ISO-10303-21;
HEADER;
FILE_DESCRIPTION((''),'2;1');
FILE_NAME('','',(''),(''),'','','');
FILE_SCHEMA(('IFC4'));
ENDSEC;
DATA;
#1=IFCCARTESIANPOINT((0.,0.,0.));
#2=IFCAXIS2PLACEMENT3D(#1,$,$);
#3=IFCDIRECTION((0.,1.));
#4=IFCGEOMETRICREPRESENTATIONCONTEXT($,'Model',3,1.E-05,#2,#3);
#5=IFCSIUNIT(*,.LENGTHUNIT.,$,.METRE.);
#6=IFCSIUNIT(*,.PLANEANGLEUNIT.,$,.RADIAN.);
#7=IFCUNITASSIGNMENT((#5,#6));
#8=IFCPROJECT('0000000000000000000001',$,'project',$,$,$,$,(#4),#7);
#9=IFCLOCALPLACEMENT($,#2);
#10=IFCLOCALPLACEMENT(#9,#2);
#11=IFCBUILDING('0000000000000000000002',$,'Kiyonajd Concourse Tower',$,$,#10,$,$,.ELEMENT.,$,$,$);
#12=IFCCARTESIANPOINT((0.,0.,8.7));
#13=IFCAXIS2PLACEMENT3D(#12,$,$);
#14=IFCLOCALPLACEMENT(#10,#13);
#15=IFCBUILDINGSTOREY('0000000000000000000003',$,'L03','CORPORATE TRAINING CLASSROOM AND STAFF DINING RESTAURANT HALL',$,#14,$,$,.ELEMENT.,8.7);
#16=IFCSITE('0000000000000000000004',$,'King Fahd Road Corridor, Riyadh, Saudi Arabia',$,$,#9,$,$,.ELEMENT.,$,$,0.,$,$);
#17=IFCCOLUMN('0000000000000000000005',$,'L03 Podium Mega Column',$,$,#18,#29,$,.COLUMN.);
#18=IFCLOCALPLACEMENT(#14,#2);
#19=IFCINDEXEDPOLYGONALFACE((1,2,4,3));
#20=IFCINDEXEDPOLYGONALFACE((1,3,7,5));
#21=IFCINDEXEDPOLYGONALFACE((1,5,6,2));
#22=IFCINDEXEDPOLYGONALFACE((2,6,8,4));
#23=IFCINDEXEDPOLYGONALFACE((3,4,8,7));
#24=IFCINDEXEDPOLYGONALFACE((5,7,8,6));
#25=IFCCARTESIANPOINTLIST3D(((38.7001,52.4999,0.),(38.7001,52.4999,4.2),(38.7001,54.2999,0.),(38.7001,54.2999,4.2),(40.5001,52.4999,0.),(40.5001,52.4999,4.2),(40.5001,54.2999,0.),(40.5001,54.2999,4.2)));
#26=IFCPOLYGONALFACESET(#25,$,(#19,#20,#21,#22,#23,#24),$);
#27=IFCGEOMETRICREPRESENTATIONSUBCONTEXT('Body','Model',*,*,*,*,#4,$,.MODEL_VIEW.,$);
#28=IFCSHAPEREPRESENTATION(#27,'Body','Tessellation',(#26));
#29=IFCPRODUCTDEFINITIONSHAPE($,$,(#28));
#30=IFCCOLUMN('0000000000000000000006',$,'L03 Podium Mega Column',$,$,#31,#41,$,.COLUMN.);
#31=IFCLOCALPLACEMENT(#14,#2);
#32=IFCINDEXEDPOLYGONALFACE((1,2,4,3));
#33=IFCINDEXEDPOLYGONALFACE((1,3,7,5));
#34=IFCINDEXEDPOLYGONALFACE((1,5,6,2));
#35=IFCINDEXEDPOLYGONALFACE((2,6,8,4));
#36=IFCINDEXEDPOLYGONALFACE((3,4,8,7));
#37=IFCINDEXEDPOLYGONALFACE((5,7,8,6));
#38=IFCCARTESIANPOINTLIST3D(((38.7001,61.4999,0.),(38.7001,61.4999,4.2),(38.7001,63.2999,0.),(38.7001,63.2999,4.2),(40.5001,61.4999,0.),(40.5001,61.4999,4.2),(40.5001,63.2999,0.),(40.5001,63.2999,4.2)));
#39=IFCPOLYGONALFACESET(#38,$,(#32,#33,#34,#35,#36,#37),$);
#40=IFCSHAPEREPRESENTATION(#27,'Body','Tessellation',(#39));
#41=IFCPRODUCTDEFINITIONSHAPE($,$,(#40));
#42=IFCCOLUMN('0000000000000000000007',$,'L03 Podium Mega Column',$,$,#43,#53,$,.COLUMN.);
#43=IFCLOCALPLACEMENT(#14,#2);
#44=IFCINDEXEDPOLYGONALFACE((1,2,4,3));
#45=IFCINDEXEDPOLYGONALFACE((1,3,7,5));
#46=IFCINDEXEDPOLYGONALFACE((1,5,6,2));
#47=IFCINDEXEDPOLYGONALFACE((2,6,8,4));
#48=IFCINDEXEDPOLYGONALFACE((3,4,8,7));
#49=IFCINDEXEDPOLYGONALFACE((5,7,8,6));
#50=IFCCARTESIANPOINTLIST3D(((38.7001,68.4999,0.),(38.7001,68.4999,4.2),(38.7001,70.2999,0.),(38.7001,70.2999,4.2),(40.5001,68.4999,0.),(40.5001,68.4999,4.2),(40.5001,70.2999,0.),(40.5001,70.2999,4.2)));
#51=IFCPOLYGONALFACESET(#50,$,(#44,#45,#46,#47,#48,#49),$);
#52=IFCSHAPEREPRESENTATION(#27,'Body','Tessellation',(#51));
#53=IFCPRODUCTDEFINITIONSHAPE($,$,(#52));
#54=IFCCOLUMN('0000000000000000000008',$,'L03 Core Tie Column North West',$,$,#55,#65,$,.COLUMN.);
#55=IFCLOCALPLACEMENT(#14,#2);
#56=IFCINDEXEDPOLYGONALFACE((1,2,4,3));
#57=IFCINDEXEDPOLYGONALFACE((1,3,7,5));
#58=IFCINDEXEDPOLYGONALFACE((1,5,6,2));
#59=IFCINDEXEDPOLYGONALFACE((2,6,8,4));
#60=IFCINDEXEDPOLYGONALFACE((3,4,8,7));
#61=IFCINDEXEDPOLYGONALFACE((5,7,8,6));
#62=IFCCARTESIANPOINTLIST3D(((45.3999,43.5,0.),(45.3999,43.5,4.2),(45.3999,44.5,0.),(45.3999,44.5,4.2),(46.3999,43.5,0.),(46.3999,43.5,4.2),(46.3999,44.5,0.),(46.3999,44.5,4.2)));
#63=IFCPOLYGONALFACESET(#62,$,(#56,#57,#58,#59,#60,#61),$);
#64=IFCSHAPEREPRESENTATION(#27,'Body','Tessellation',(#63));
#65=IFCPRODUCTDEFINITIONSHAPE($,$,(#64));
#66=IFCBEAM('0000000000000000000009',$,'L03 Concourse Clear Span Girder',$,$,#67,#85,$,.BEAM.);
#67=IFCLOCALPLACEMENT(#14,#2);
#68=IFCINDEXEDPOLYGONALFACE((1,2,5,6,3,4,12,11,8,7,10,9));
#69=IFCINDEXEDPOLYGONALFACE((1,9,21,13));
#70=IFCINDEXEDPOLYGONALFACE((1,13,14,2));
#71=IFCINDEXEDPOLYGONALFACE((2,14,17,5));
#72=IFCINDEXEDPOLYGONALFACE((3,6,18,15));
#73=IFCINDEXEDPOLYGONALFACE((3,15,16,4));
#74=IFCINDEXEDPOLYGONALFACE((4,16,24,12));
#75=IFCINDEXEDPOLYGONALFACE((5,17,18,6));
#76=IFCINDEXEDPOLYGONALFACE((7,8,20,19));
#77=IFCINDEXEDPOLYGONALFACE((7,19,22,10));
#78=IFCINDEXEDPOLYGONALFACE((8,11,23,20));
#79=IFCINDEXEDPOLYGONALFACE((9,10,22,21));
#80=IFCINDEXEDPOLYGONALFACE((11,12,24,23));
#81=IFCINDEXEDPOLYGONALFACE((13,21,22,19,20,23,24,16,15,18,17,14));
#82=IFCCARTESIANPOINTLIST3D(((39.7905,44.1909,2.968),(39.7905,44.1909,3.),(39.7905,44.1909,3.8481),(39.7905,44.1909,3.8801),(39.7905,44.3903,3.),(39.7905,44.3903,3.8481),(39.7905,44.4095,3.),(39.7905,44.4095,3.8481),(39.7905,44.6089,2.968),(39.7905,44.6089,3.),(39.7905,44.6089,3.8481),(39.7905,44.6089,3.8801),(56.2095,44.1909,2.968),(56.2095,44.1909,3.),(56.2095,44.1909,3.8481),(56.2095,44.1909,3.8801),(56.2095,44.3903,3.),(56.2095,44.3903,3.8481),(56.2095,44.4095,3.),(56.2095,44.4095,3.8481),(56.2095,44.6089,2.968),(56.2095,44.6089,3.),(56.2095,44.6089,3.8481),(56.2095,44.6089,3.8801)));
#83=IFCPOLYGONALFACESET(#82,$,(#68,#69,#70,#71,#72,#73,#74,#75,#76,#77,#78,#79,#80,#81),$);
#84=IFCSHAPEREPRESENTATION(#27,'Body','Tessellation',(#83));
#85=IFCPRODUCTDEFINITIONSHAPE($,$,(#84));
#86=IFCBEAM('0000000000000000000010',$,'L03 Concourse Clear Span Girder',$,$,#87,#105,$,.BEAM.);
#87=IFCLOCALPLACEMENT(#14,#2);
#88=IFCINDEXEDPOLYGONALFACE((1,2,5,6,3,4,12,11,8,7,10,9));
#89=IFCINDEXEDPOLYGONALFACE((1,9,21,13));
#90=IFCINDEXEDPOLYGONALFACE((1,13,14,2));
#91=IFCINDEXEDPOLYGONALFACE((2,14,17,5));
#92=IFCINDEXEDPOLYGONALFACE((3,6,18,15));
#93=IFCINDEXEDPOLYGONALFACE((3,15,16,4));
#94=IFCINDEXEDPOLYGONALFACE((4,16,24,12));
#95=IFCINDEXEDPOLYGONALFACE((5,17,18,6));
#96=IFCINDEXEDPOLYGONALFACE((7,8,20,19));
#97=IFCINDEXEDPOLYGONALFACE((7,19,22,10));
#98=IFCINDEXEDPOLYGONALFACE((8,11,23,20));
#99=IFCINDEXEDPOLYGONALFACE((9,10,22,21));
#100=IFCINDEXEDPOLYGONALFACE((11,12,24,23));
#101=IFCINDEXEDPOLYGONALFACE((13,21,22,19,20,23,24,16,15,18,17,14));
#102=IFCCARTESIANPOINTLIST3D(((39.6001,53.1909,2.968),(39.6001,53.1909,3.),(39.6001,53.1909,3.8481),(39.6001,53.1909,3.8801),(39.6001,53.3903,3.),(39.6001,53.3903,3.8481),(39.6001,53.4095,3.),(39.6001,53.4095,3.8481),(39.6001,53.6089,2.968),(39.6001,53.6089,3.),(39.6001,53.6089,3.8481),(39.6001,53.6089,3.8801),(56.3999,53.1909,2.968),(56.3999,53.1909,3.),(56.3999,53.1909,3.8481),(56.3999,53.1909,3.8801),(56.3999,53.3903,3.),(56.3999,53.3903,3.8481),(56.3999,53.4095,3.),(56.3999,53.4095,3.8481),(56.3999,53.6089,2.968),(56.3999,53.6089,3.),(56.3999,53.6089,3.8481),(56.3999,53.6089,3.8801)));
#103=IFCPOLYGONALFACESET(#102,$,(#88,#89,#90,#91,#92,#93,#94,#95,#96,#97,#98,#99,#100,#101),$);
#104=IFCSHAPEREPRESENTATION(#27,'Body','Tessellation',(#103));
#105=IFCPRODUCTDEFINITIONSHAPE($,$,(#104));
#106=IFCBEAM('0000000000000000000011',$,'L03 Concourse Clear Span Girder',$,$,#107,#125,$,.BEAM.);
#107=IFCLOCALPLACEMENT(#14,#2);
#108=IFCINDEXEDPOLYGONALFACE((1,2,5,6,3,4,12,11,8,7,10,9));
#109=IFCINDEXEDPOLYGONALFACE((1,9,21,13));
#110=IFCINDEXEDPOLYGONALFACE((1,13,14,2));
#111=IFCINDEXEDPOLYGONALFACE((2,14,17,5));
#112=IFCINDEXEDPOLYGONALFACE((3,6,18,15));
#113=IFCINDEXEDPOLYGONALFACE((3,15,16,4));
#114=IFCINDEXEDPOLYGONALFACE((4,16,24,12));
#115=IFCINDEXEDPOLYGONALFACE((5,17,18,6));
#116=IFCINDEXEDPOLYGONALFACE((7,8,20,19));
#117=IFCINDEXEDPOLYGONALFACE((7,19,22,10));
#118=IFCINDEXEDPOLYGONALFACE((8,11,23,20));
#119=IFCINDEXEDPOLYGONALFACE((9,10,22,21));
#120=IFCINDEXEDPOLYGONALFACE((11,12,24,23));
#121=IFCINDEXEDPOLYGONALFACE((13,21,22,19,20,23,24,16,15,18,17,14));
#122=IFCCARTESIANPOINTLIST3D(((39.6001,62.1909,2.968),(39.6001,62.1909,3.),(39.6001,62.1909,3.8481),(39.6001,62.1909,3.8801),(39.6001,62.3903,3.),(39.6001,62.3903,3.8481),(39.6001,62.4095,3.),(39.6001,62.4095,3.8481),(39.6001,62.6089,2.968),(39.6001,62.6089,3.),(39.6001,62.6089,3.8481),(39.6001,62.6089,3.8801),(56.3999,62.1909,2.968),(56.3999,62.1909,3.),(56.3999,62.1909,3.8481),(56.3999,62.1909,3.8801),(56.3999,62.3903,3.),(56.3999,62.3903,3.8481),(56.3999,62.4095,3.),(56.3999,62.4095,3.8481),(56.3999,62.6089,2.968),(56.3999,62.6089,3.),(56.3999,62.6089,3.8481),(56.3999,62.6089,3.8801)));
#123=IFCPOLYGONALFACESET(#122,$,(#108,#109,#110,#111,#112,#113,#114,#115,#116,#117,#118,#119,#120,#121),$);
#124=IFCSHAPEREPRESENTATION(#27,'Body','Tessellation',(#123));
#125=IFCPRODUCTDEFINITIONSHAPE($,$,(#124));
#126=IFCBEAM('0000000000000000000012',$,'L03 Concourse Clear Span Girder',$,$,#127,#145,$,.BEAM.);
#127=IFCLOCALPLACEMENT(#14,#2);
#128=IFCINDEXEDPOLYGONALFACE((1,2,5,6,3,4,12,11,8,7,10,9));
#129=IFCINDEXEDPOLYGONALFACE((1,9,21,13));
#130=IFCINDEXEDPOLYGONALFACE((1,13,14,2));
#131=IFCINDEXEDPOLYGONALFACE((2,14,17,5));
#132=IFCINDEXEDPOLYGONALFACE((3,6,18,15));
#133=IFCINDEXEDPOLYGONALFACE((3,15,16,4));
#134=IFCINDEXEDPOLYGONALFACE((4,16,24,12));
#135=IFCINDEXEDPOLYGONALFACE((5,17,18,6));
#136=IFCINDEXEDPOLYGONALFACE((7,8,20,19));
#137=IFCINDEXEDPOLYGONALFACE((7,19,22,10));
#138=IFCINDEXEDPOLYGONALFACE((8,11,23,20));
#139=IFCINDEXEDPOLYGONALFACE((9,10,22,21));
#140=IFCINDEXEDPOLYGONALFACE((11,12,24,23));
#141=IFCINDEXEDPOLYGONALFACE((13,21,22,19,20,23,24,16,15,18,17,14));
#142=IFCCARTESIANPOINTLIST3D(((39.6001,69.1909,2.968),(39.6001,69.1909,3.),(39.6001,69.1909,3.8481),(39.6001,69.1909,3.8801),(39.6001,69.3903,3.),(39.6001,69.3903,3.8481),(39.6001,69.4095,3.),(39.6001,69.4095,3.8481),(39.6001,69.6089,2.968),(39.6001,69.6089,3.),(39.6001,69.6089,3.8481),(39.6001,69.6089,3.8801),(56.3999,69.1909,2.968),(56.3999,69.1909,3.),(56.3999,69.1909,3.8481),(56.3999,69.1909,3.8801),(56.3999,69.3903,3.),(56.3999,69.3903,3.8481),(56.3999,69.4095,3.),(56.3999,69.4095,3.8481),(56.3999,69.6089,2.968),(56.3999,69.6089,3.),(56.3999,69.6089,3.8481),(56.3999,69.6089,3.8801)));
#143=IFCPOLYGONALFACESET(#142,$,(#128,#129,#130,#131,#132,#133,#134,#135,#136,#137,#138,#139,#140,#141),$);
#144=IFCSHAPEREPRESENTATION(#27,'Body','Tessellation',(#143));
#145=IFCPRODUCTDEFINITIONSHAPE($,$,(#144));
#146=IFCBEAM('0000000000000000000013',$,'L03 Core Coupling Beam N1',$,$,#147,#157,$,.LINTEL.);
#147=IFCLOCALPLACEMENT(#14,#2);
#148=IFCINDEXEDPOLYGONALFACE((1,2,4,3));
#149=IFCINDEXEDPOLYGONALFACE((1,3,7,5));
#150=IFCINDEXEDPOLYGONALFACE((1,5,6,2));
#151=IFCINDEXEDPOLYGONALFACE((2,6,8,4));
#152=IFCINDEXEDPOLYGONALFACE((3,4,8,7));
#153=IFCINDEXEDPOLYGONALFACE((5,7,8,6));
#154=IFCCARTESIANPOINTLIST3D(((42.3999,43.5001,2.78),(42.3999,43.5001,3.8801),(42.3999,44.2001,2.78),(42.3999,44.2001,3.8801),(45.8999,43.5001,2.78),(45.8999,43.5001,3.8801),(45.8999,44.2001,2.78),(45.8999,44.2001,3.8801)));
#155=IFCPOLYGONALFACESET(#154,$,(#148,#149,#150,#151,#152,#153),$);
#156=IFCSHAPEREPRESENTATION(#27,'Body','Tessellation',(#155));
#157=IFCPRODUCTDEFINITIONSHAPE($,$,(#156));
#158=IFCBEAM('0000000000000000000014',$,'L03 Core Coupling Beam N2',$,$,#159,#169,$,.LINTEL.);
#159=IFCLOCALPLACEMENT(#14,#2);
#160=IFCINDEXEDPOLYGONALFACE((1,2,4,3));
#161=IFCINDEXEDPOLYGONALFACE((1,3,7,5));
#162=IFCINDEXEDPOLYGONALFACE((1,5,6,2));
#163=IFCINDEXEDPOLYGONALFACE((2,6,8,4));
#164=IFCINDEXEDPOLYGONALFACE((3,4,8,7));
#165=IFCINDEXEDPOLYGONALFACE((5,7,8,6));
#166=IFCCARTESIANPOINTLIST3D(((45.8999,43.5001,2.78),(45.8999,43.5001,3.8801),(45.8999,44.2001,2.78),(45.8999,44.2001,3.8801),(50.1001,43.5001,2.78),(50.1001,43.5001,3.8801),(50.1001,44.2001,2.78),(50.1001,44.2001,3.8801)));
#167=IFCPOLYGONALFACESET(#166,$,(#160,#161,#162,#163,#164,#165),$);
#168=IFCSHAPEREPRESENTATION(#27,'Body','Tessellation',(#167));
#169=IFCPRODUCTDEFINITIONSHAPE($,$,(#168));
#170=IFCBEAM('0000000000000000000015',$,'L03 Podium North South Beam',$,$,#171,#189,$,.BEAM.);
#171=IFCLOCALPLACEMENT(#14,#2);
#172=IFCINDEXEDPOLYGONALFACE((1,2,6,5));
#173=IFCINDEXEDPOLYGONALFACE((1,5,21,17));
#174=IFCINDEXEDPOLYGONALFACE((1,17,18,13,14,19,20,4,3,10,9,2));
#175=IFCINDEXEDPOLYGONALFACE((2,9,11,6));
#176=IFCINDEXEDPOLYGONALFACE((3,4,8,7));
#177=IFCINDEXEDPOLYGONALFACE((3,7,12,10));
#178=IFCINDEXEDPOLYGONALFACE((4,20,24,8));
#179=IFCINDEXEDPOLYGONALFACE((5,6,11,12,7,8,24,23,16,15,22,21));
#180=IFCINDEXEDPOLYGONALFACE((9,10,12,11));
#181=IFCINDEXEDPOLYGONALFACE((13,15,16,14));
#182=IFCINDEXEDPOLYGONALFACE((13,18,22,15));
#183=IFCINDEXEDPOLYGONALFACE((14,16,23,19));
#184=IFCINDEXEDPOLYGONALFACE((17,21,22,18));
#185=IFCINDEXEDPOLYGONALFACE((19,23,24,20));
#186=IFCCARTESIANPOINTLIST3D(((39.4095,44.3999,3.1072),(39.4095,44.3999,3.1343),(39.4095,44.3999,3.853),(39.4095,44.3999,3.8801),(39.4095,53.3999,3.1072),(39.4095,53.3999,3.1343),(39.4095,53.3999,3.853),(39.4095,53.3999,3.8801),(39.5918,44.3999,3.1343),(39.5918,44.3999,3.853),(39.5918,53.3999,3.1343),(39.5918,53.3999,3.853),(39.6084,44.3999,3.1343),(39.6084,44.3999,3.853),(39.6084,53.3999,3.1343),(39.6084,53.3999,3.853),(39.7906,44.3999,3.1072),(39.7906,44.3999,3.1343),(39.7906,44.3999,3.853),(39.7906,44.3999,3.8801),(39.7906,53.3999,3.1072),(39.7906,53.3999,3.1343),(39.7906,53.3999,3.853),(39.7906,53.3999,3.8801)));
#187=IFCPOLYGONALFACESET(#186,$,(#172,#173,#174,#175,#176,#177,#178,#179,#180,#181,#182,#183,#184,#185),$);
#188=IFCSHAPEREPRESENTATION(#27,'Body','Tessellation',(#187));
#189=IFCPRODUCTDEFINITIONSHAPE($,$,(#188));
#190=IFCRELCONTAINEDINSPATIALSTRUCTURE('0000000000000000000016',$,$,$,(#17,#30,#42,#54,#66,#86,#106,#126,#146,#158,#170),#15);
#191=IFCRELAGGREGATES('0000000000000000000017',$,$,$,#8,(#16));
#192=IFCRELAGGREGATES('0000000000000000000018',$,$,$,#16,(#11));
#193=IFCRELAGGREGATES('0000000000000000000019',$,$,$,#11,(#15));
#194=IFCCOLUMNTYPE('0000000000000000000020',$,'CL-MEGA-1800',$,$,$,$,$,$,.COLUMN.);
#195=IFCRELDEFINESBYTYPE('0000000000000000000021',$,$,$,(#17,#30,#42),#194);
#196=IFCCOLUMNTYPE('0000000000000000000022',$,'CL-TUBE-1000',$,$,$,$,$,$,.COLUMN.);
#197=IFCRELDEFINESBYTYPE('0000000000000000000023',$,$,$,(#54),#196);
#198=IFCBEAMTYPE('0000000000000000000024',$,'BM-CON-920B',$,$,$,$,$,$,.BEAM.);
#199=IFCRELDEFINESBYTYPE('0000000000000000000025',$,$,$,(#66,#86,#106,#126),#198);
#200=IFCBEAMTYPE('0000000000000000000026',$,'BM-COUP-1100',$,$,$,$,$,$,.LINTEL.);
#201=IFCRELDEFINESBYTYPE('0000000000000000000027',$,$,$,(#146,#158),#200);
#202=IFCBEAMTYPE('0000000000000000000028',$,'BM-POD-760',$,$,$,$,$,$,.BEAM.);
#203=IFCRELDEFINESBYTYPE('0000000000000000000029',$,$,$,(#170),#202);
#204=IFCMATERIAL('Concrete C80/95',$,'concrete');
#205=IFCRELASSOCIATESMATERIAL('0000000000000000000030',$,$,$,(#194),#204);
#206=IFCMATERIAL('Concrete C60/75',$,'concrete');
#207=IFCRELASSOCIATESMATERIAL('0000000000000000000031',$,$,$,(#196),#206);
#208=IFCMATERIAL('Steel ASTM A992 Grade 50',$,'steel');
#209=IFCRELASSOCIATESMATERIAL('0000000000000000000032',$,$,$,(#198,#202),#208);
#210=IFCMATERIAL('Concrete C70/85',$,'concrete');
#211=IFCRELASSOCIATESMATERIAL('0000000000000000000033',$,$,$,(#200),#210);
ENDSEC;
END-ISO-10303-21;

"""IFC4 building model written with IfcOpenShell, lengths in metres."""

from ifc_helpers import new_model, si_unit, direction, frame, origin, origin_2d, place, context, subcontext, project, spatial, rectangle, i_section, extrude, material, material_profile, profile_set, type_object, element, save


model = new_model("IFC4")

# Units and contexts
model_context = context("Model", 3, precision=1e-05, world=origin(), true_north=direction((0.0, 1.0)))
body_context = subcontext(model_context, "Body", "Model", "MODEL_VIEW")
ifc_project = project(units=[si_unit("LENGTHUNIT", "METRE"), si_unit("PLANEANGLEUNIT", "RADIAN")], contexts=[model_context])

# Site, building, storey
site_placement = place(None, origin())
site = spatial("IfcSite", under=ifc_project, at=site_placement, Name="King Fahd Road Corridor, Riyadh, Saudi Arabia", CompositionType="ELEMENT", RefElevation=0.0)
building_placement = place(site_placement, origin())
building = spatial("IfcBuilding", under=site, at=building_placement, Name="Kiyonajd Concourse Tower", CompositionType="ELEMENT")
storey_placement = place(building_placement, frame((0.0, 0.0, 8.7)))
storey = spatial("IfcBuildingStorey", under=building, at=storey_placement, Name="L03", Description="CORPORATE TRAINING CLASSROOM AND STAFF DINING RESTAURANT HALL", CompositionType="ELEMENT", Elevation=8.7)

# Columns
ifc_material_1 = material(Name="Concrete C80/95", Category="concrete")
ifc_material_profile_1 = material_profile(ifc_material_1, rectangle(XDim=1.8, YDim=1.8, at=origin_2d()), Name="RC-1800x1800")
ifc_profile_set_1 = profile_set([ifc_material_profile_1], Name="Concrete C80/95")
column_type_1 = type_object("IfcColumnType", Name="CL-MEGA-1800", PredefinedType="COLUMN", material=ifc_profile_set_1)
for number, where, z_axis, x_axis, name in (
    (1, (39.6001, 53.3999, 0.0), (0.0, 0.0, 1.0), (1.0, 0.0, 0.0), "L03 Podium Mega Column"),
    (2, (39.6001, 62.3999, 0.0), (0.0, 0.0, 1.0), (1.0, 0.0, 0.0), "L03 Podium Mega Column"),
    (3, (39.6001, 69.3999, 0.0), (0.0, 0.0, 1.0), (1.0, 0.0, 0.0), "L03 Podium Mega Column"),
):
    element("IfcColumn", number, at=place(storey_placement, frame(where, z_axis=z_axis, x_axis=x_axis)), inside=storey, type_object=column_type_1, Name=name, PredefinedType="COLUMN", context=body_context, shape_type="SweptSolid", body=[
        extrude(rectangle(XDim=1.8, YDim=1.8, at=origin_2d()), origin(), (0.0, 0.0, 1.0), 4.2),
    ])
ifc_material_2 = material(Name="Concrete C60/75", Category="concrete")
ifc_material_profile_2 = material_profile(ifc_material_2, rectangle(XDim=1.0, YDim=1.0, at=origin_2d()), Name="RC-1000x1000")
ifc_profile_set_2 = profile_set([ifc_material_profile_2], Name="Concrete C60/75")
column_type_2 = type_object("IfcColumnType", Name="CL-TUBE-1000", PredefinedType="COLUMN", material=ifc_profile_set_2)
column_placement = place(storey_placement, frame((45.8999, 44.0, 0.0), z_axis=(0.0, 0.0, 1.0), x_axis=(1.0, 0.0, 0.0)))
element("IfcColumn", 4, at=column_placement, inside=storey, type_object=column_type_2, Name="L03 Core Tie Column North West", PredefinedType="COLUMN", context=body_context, shape_type="SweptSolid", body=[
    extrude(rectangle(XDim=1.0, YDim=1.0, at=origin_2d()), origin(), (0.0, 0.0, 1.0), 4.2),
])

# Beams
ifc_material_3 = material(Name="Steel ASTM A992 Grade 50", Category="steel")
ifc_material_profile_3 = material_profile(ifc_material_3, i_section(OverallWidth=0.418, OverallDepth=0.9121, WebThickness=0.0193, FlangeThickness=0.032, at=origin_2d()), Name="W920X342")
ifc_profile_set_3 = profile_set([ifc_material_profile_3], Name="Steel ASTM A992 Grade 50")
beam_type_1 = type_object("IfcBeamType", Name="BM-CON-920B", PredefinedType="BEAM", material=ifc_profile_set_3)
beam_1_placement = place(storey_placement, frame((39.7905, 44.3999, 3.4241), z_axis=(1.0, 0.0, 0.0), x_axis=(0.0, 1.0, 0.0)))
element("IfcBeam", 5, at=beam_1_placement, inside=storey, type_object=beam_type_1, Name="L03 Concourse Clear Span Girder", PredefinedType="BEAM", context=body_context, shape_type="SweptSolid", body=[
    extrude(i_section(OverallWidth=0.418, OverallDepth=0.9121, WebThickness=0.0193, FlangeThickness=0.032, at=origin_2d()), origin(), (0.0, 0.0, 1.0), 16.4189),
])
for number, where, z_axis, x_axis, name in (
    (6, (39.6001, 53.3999, 3.4241), (1.0, 0.0, 0.0), (0.0, 1.0, 0.0), "L03 Concourse Clear Span Girder"),
    (7, (39.6001, 62.3999, 3.4241), (1.0, 0.0, 0.0), (0.0, 1.0, 0.0), "L03 Concourse Clear Span Girder"),
    (8, (39.6001, 69.3999, 3.4241), (1.0, 0.0, 0.0), (0.0, 1.0, 0.0), "L03 Concourse Clear Span Girder"),
):
    element("IfcBeam", number, at=place(storey_placement, frame(where, z_axis=z_axis, x_axis=x_axis)), inside=storey, type_object=beam_type_1, Name=name, PredefinedType="BEAM", context=body_context, shape_type="SweptSolid", body=[
        extrude(i_section(OverallWidth=0.418, OverallDepth=0.9121, WebThickness=0.0193, FlangeThickness=0.032, at=origin_2d()), origin(), (0.0, 0.0, 1.0), 16.7998),
    ])
ifc_material_4 = material(Name="Concrete C70/85", Category="concrete")
ifc_material_profile_4 = material_profile(ifc_material_4, rectangle(XDim=0.7, YDim=1.1001, at=origin_2d()), Name="RCBM-700x1100")
ifc_profile_set_4 = profile_set([ifc_material_profile_4], Name="Concrete C70/85")
beam_type_2 = type_object("IfcBeamType", Name="BM-COUP-1100", PredefinedType="LINTEL", material=ifc_profile_set_4)
beam_2_placement = place(storey_placement, frame((42.3999, 43.8501, 3.3301), z_axis=(1.0, 0.0, 0.0), x_axis=(0.0, 1.0, 0.0)))
element("IfcBeam", 9, at=beam_2_placement, inside=storey, type_object=beam_type_2, Name="L03 Core Coupling Beam N1", PredefinedType="LINTEL", context=body_context, shape_type="SweptSolid", body=[
    extrude(rectangle(XDim=0.7, YDim=1.1001, at=origin_2d()), origin(), (0.0, 0.0, 1.0), 3.5),
])
beam_3_placement = place(storey_placement, frame((45.8999, 43.8501, 3.3301), z_axis=(1.0, 0.0, 0.0), x_axis=(0.0, 1.0, 0.0)))
element("IfcBeam", 10, at=beam_3_placement, inside=storey, type_object=beam_type_2, Name="L03 Core Coupling Beam N2", PredefinedType="LINTEL", context=body_context, shape_type="SweptSolid", body=[
    extrude(rectangle(XDim=0.7, YDim=1.1001, at=origin_2d()), origin(), (0.0, 0.0, 1.0), 4.2002),
])
ifc_material_profile_5 = material_profile(ifc_material_3, i_section(OverallWidth=0.3811, OverallDepth=0.7729, WebThickness=0.0166, FlangeThickness=0.0271, at=origin_2d()), Name="W760X257")
ifc_profile_set_5 = profile_set([ifc_material_profile_5], Name="Steel ASTM A992 Grade 50")
beam_type_3 = type_object("IfcBeamType", Name="BM-POD-760", PredefinedType="BEAM", material=ifc_profile_set_5)
for number, where, z_axis, x_axis, name in (
    (11, (39.6001, 44.3999, 3.4937), (0.0, 1.0, 0.0), (-1.0, 0.0, 0.0), "L03 Podium North South Beam"),
):
    element("IfcBeam", number, at=place(storey_placement, frame(where, z_axis=z_axis, x_axis=x_axis)), inside=storey, type_object=beam_type_3, Name=name, PredefinedType="BEAM", context=body_context, shape_type="SweptSolid", body=[
        extrude(i_section(OverallWidth=0.3811, OverallDepth=0.7729, WebThickness=0.0166, FlangeThickness=0.0271, at=origin_2d()), origin(), (0.0, 0.0, 1.0), 9.0),
    ])

save(model, "model.ifc")
